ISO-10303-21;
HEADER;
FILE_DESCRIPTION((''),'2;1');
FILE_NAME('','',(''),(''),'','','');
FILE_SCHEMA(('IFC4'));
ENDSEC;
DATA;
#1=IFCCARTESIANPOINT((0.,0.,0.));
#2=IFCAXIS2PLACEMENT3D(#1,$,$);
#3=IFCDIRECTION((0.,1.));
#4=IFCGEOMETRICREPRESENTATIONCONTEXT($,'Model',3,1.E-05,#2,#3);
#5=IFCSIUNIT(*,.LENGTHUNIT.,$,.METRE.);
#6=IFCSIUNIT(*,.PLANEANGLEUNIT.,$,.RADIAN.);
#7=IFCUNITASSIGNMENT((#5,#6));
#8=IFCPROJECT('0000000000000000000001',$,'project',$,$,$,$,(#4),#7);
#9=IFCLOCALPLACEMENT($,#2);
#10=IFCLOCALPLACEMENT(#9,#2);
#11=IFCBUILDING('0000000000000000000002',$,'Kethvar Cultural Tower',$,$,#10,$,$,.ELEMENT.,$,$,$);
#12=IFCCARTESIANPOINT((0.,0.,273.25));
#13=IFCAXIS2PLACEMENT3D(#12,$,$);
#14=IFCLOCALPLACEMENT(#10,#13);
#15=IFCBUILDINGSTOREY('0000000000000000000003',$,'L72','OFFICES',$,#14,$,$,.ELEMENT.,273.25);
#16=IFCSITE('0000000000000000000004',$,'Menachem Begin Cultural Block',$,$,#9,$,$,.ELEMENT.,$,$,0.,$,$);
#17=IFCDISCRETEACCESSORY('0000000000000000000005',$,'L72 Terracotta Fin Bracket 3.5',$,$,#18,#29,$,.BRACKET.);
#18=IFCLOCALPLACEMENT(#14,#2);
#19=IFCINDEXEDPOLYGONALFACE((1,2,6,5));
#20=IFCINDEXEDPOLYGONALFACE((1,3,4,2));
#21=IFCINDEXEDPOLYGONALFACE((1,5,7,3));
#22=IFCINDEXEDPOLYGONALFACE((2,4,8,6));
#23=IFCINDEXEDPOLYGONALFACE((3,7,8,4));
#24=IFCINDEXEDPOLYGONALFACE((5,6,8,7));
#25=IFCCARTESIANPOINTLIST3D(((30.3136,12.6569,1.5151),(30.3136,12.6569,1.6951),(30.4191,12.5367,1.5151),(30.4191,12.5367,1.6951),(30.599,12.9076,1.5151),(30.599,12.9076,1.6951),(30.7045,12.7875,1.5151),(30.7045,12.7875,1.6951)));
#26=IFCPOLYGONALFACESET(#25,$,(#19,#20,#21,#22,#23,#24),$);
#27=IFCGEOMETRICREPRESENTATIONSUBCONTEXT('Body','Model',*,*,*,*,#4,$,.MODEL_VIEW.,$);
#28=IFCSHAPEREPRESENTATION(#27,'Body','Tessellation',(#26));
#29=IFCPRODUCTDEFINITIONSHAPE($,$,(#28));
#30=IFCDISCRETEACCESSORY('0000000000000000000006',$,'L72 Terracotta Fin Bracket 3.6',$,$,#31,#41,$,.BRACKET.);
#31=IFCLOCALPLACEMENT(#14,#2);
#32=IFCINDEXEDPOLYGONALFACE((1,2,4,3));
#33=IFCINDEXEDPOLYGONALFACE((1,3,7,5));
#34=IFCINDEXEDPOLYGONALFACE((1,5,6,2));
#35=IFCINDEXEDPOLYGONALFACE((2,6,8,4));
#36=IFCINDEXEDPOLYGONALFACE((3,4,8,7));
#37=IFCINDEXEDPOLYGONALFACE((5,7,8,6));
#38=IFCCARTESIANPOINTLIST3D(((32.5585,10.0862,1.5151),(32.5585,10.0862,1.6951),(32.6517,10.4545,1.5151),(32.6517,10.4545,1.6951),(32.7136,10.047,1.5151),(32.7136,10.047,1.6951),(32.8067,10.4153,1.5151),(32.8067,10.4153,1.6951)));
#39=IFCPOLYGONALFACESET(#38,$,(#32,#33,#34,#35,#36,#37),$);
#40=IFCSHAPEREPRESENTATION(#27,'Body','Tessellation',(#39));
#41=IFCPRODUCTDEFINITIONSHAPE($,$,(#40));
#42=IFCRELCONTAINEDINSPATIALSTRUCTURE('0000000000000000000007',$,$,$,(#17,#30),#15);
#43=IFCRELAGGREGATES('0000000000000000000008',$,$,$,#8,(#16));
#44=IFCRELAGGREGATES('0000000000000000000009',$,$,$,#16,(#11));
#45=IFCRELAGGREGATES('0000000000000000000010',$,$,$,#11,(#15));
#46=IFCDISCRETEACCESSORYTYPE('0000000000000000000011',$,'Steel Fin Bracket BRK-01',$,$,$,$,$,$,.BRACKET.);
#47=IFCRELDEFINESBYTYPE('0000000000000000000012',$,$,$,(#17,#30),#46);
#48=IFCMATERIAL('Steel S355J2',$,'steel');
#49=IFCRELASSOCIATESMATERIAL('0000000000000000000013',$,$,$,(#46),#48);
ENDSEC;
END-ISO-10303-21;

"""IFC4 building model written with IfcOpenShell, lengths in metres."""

from ifc_helpers import new_model, si_unit, direction, frame, origin, origin_2d, place, context, subcontext, project, spatial, rectangle, extrude, source, transform, mapped, material, type_object, element, save


model = new_model("IFC4")

# Units and contexts
model_context = context("Model", 3, precision=1e-05, world=origin(), true_north=direction((0.0, 1.0)))
body_context = subcontext(model_context, "Body", "Model", "MODEL_VIEW")
ifc_project = project(units=[si_unit("LENGTHUNIT", "METRE"), si_unit("PLANEANGLEUNIT", "RADIAN")], contexts=[model_context])

# Site, building, storey
site_placement = place(None, origin())
site = spatial("IfcSite", under=ifc_project, at=site_placement, Name="Menachem Begin Cultural Block", CompositionType="ELEMENT", RefElevation=0.0)
building_placement = place(site_placement, origin())
building = spatial("IfcBuilding", under=site, at=building_placement, Name="Kethvar Cultural Tower", CompositionType="ELEMENT")
storey_placement = place(building_placement, frame((0.0, 0.0, 273.25)))
storey = spatial("IfcBuildingStorey", under=building, at=storey_placement, Name="L72", Description="OFFICES", CompositionType="ELEMENT", Elevation=273.25)

# Shared definitions
ifc_material_1 = material(Name="Steel S355J2", Category="steel")

# Discrete accessories
discrete_accessory_type = type_object("IfcDiscreteAccessoryType", Name="Steel Fin Bracket BRK-01", PredefinedType="BRACKET", material=ifc_material_1)
shared_shape_1 = source(origin(), body_context, "Body", "SweptSolid", [
    extrude(rectangle(XDim=0.3799, YDim=0.1599, at=origin_2d()), origin(), (0.0, 0.0, 1.0), 0.1799),
])
for number, where, z_axis, x_axis, name in (
    (1, (30.509, 12.7222, 1.5151), (0.0, 0.0, 1.0), (-0.751264, -0.660002, 0.0), "L72 Terracotta Fin Bracket 3.5"),
    (2, (32.6826, 10.2507, 1.5151), (0.0, 0.0, 1.0), (-0.245138, -0.969488, 0.0), "L72 Terracotta Fin Bracket 3.6"),
):
    element("IfcDiscreteAccessory", number, at=place(storey_placement, frame(where, z_axis=z_axis, x_axis=x_axis)), inside=storey, type_object=discrete_accessory_type, Name=name, PredefinedType="BRACKET", context=body_context, shape_type="MappedRepresentation", body=[
        mapped(shared_shape_1, transform((0.0, 0.0, 0.0), scale=1.0)),
    ])

save(model, "model.ifc")
